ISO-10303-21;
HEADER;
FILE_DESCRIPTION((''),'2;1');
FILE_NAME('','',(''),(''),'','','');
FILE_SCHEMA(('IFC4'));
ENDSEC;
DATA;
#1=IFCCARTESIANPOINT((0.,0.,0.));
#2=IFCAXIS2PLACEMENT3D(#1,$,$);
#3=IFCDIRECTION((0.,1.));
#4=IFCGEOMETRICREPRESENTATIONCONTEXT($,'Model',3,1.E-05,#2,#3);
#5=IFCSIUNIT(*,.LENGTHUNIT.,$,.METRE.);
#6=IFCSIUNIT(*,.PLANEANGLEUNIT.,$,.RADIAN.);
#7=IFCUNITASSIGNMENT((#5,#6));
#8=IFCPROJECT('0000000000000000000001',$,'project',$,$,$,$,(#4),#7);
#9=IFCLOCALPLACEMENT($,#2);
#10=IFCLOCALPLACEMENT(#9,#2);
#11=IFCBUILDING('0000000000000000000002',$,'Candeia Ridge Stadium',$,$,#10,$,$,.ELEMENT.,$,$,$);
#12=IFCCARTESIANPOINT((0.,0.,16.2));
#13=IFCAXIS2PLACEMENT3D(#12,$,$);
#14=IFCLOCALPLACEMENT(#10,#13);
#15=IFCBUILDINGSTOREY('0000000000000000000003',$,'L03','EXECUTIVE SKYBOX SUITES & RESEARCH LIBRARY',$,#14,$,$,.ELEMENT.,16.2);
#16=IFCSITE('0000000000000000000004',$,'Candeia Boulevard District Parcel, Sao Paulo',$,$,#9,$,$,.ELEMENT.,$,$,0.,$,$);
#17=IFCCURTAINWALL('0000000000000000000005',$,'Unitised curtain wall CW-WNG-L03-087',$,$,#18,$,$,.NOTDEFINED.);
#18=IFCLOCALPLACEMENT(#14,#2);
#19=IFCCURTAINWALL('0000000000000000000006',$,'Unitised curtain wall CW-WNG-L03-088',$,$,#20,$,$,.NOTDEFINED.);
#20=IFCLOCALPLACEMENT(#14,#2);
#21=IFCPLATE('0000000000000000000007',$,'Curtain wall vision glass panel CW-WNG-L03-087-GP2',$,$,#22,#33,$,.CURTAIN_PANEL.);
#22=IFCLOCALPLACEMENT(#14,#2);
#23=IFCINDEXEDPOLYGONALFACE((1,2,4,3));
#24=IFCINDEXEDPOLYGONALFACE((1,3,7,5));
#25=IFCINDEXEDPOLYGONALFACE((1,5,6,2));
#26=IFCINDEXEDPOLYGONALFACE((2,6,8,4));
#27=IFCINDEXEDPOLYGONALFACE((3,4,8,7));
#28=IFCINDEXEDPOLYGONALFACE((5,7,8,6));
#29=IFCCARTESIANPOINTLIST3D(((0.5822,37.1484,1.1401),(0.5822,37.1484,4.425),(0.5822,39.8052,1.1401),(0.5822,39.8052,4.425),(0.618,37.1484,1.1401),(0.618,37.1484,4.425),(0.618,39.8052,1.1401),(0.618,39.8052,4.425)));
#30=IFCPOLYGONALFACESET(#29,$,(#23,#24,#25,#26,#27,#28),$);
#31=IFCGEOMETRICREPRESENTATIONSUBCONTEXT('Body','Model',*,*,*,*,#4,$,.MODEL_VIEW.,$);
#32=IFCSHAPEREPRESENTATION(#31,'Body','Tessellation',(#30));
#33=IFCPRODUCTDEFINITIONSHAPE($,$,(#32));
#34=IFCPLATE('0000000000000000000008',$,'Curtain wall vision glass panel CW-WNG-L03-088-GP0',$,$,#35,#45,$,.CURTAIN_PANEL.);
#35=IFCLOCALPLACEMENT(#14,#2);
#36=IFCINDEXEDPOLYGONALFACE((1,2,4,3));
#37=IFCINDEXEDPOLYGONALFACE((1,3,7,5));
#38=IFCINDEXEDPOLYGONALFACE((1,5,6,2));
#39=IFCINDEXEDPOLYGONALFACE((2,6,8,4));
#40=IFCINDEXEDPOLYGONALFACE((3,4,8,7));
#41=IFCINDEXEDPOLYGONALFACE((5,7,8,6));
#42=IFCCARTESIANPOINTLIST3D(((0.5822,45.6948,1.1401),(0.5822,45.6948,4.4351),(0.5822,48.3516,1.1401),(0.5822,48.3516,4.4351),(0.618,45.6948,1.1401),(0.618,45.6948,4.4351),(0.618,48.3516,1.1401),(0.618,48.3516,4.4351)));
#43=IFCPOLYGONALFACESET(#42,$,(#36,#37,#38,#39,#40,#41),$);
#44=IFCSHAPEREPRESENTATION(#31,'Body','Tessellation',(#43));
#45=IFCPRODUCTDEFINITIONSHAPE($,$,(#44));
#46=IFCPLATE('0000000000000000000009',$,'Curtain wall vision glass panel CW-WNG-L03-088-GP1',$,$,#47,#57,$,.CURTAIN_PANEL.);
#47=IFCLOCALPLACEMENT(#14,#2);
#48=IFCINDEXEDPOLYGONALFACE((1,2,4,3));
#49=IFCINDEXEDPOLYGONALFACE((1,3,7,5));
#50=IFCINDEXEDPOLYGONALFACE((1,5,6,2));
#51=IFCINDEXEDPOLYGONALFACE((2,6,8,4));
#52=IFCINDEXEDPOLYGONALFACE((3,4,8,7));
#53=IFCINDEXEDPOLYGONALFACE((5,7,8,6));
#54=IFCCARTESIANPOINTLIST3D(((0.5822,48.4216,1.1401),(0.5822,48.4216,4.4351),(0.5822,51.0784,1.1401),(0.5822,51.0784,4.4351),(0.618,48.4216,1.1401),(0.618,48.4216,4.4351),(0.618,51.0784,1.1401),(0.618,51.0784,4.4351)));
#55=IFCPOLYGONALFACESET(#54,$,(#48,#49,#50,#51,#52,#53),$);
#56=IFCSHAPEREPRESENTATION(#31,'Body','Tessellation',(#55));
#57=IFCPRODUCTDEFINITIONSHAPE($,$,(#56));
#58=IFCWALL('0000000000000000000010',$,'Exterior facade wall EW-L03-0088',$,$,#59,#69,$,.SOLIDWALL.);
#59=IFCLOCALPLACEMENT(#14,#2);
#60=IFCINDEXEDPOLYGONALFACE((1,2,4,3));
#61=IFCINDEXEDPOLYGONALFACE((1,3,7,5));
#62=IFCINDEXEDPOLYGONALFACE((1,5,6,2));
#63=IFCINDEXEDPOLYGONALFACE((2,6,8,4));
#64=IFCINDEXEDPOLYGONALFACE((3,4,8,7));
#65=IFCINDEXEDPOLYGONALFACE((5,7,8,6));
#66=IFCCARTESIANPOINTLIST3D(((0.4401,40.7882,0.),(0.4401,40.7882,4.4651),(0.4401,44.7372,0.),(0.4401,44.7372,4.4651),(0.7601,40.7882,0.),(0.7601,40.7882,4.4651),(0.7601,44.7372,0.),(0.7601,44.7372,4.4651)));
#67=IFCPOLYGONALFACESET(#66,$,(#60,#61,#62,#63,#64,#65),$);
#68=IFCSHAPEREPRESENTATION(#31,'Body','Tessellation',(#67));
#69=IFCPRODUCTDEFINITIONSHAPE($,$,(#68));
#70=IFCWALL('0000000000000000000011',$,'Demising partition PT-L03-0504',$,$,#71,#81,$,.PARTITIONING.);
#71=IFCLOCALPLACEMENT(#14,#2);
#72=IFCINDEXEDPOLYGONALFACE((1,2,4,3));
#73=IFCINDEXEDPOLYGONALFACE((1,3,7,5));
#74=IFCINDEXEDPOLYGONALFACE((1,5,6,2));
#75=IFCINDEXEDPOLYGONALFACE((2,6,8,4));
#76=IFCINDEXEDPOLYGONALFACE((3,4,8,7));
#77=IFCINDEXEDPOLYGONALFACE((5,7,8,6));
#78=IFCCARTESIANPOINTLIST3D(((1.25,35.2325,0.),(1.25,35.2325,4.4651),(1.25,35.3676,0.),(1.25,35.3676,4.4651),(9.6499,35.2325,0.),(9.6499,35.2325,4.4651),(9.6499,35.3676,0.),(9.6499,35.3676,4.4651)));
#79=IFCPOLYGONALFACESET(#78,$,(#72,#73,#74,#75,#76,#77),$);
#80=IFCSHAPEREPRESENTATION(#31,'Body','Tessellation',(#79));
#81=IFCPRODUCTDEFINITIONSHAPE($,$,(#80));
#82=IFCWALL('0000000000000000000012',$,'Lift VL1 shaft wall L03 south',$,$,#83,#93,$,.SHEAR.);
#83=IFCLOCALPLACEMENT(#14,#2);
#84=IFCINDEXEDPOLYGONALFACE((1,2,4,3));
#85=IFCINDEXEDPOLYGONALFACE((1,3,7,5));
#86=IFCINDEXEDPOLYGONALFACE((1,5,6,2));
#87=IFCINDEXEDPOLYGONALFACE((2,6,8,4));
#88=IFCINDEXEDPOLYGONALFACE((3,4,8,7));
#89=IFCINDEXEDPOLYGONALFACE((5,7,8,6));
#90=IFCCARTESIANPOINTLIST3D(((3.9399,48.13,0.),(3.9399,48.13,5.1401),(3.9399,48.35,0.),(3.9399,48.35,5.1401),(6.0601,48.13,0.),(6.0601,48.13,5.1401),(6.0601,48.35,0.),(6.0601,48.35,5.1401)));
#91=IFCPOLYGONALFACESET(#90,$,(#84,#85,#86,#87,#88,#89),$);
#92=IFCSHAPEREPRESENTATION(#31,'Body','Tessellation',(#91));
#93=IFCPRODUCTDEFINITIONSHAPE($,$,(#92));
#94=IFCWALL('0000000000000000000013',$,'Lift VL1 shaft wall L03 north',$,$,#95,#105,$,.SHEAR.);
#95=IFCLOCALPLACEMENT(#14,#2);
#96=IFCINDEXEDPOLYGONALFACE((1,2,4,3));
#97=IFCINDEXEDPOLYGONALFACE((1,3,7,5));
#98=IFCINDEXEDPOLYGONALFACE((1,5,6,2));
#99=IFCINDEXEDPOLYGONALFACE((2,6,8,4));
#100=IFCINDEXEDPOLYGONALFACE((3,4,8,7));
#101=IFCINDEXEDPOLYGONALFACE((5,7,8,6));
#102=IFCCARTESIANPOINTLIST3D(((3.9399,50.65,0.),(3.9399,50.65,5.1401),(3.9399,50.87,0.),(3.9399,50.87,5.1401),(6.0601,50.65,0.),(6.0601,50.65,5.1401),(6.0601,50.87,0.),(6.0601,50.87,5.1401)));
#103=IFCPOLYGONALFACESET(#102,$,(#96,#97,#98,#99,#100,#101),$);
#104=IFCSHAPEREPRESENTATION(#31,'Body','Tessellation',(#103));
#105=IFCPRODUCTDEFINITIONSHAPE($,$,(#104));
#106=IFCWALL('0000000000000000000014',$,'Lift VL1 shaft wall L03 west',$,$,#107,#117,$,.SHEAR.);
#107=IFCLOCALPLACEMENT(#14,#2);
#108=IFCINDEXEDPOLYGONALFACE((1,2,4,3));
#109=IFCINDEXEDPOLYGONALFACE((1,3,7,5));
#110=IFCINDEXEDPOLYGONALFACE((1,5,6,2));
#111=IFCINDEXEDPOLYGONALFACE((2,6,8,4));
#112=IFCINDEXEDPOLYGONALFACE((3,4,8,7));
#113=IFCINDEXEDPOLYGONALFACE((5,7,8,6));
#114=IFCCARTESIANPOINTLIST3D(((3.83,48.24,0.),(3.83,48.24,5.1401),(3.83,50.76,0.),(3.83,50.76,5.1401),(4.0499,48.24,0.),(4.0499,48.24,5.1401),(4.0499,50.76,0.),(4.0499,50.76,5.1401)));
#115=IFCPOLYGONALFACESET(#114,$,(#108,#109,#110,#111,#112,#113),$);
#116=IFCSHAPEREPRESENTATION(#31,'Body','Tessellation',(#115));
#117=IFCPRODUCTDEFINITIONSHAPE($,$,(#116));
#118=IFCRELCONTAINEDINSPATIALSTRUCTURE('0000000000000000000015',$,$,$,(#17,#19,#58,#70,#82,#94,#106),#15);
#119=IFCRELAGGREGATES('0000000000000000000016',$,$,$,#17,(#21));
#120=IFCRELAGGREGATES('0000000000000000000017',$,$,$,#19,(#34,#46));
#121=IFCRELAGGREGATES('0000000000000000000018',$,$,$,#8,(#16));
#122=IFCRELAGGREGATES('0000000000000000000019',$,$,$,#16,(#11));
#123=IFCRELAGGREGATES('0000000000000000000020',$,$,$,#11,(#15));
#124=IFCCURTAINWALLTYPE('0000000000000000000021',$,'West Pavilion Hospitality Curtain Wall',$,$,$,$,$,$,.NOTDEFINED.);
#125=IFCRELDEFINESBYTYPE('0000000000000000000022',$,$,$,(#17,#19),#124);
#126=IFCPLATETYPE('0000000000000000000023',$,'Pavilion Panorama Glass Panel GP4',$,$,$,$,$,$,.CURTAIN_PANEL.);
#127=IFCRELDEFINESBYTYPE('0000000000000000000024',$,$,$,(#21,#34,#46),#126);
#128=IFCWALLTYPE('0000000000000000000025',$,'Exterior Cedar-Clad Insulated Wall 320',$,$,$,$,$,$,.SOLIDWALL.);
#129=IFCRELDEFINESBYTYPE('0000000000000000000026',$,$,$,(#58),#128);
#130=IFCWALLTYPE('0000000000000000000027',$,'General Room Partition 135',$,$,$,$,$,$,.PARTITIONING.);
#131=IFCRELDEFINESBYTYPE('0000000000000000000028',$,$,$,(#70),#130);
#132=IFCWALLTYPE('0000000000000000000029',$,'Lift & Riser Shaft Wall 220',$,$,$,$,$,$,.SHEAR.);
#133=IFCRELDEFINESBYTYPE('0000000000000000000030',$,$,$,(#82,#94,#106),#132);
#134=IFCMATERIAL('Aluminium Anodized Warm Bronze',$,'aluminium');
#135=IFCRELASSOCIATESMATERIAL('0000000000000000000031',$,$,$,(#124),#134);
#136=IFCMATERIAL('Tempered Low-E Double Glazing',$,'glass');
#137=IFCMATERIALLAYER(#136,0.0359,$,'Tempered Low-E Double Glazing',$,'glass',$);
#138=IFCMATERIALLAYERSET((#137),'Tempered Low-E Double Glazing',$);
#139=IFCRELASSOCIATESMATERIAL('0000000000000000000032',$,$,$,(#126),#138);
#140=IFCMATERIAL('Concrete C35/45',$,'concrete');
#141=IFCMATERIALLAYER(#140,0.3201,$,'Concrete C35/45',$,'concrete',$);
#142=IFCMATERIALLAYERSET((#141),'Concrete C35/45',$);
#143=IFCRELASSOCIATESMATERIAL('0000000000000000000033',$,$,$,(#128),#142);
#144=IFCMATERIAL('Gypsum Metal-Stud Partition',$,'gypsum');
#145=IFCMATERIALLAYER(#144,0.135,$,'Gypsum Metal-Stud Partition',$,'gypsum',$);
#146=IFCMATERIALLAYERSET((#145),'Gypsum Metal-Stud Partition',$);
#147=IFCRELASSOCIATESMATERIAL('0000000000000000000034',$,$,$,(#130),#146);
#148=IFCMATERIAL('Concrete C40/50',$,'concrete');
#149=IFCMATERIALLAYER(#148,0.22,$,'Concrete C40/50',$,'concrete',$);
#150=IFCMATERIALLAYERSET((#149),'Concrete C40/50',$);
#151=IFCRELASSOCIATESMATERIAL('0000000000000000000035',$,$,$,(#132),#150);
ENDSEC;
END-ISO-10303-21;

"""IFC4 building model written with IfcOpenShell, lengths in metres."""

from ifc_helpers import new_model, si_unit, direction, frame, frame_2d, origin, origin_2d, place, context, subcontext, project, spatial, rectangle, extrude, material, layer, layer_set, type_object, element, aggregate, save


model = new_model("IFC4")

# Units and contexts
model_context = context("Model", 3, precision=1e-05, world=origin(), true_north=direction((0.0, 1.0)))
body_context = subcontext(model_context, "Body", "Model", "MODEL_VIEW")
ifc_project = project(units=[si_unit("LENGTHUNIT", "METRE"), si_unit("PLANEANGLEUNIT", "RADIAN")], contexts=[model_context])

# Site, building, storey
site_placement = place(None, origin())
site = spatial("IfcSite", under=ifc_project, at=site_placement, Name="Candeia Boulevard District Parcel, Sao Paulo", CompositionType="ELEMENT", RefElevation=0.0)
building_placement = place(site_placement, origin())
building = spatial("IfcBuilding", under=site, at=building_placement, Name="Candeia Ridge Stadium", CompositionType="ELEMENT")
storey_placement = place(building_placement, frame((0.0, 0.0, 16.2)))
storey = spatial("IfcBuildingStorey", under=building, at=storey_placement, Name="L03", Description="EXECUTIVE SKYBOX SUITES & RESEARCH LIBRARY", CompositionType="ELEMENT", Elevation=16.2)

# Shared definitions
ifc_material_1 = material(Name="Concrete C40/50", Category="concrete")

# Curtain walls
ifc_material_2 = material(Name="Aluminium Anodized Warm Bronze", Category="aluminium")
curtain_wall_type = type_object("IfcCurtainWallType", Name="West Pavilion Hospitality Curtain Wall", PredefinedType="NOTDEFINED", material=ifc_material_2)
curtain_wall_1_placement = place(storey_placement, origin())
curtain_wall_1 = element("IfcCurtainWall", 1, at=curtain_wall_1_placement, inside=storey, type_object=curtain_wall_type, Name="Unitised curtain wall CW-WNG-L03-087", PredefinedType="NOTDEFINED")
curtain_wall_2_placement = place(storey_placement, origin())
curtain_wall_2 = element("IfcCurtainWall", 2, at=curtain_wall_2_placement, inside=storey, type_object=curtain_wall_type, Name="Unitised curtain wall CW-WNG-L03-088", PredefinedType="NOTDEFINED")

# Plates
ifc_material_3 = material(Name="Tempered Low-E Double Glazing", Category="glass")
ifc_layer_1 = layer(ifc_material_3, 0.0359, Name="Tempered Low-E Double Glazing", Category="glass")
ifc_layer_set_1 = layer_set([ifc_layer_1], Name="Tempered Low-E Double Glazing")
plate_type_1 = type_object("IfcPlateType", Name="Pavilion Panorama Glass Panel GP4", PredefinedType="CURTAIN_PANEL", material=ifc_layer_set_1)
plate_1_placement = place(storey_placement, frame((0.6001, 38.4768, 1.1401), z_axis=(0.0, 0.0, 1.0), x_axis=(0.0, 1.0, 0.0)))
plate_1 = element("IfcPlate", 3, at=plate_1_placement, type_object=plate_type_1, Name="Curtain wall vision glass panel CW-WNG-L03-087-GP2", PredefinedType="CURTAIN_PANEL", context=body_context, shape_type="SweptSolid", body=[
    extrude(rectangle(XDim=2.6567, YDim=0.0359, at=origin_2d()), origin(), (0.0, 0.0, 1.0), 3.2849),
])
aggregate(curtain_wall_1, [plate_1])
plate_2_placement = place(storey_placement, frame((0.6001, 47.0232, 1.1401), z_axis=(0.0, 0.0, 1.0), x_axis=(0.0, 1.0, 0.0)))
plate_2 = element("IfcPlate", 4, at=plate_2_placement, type_object=plate_type_1, Name="Curtain wall vision glass panel CW-WNG-L03-088-GP0", PredefinedType="CURTAIN_PANEL", context=body_context, shape_type="SweptSolid", body=[
    extrude(rectangle(XDim=2.6567, YDim=0.0359, at=origin_2d()), origin(), (0.0, 0.0, 1.0), 3.2949),
])
plate_3_placement = place(storey_placement, frame((0.6001, 49.75, 1.1401), z_axis=(0.0, 0.0, 1.0), x_axis=(0.0, 1.0, 0.0)))
plate_3 = element("IfcPlate", 5, at=plate_3_placement, type_object=plate_type_1, Name="Curtain wall vision glass panel CW-WNG-L03-088-GP1", PredefinedType="CURTAIN_PANEL", context=body_context, shape_type="SweptSolid", body=[
    extrude(rectangle(XDim=2.6567, YDim=0.0359, at=origin_2d()), origin(), (0.0, 0.0, 1.0), 3.2949),
])
aggregate(curtain_wall_2, [plate_2, plate_3])

# Walls
ifc_material_4 = material(Name="Concrete C35/45", Category="concrete")
ifc_layer_2 = layer(ifc_material_4, 0.3201, Name="Concrete C35/45", Category="concrete")
ifc_layer_set_2 = layer_set([ifc_layer_2], Name="Concrete C35/45")
wall_type_1 = type_object("IfcWallType", Name="Exterior Cedar-Clad Insulated Wall 320", PredefinedType="SOLIDWALL", material=ifc_layer_set_2)
wall_1_placement = place(storey_placement, frame((0.6001, 40.7881, 0.0), z_axis=(0.0, 0.0, 1.0), x_axis=(0.0, 1.0, 0.0)))
element("IfcWall", 6, at=wall_1_placement, inside=storey, type_object=wall_type_1, Name="Exterior facade wall EW-L03-0088", PredefinedType="SOLIDWALL", context=body_context, shape_type="SweptSolid", body=[
    extrude(rectangle(XDim=3.949, YDim=0.3201, at=frame_2d((1.9746, 0.0))), origin(), (0.0, 0.0, 1.0), 4.4651),
])
ifc_material_5 = material(Name="Gypsum Metal-Stud Partition", Category="gypsum")
ifc_layer_3 = layer(ifc_material_5, 0.135, Name="Gypsum Metal-Stud Partition", Category="gypsum")
ifc_layer_set_3 = layer_set([ifc_layer_3], Name="Gypsum Metal-Stud Partition")
wall_type_2 = type_object("IfcWallType", Name="General Room Partition 135", PredefinedType="PARTITIONING", material=ifc_layer_set_3)
wall_2_placement = place(storey_placement, frame((1.25, 35.3, 0.0), z_axis=(0.0, 0.0, 1.0), x_axis=(1.0, 0.0, 0.0)))
element("IfcWall", 7, at=wall_2_placement, inside=storey, type_object=wall_type_2, Name="Demising partition PT-L03-0504", PredefinedType="PARTITIONING", context=body_context, shape_type="SweptSolid", body=[
    extrude(rectangle(XDim=8.3999, YDim=0.135, at=frame_2d((4.2, 0.0))), origin(), (0.0, 0.0, 1.0), 4.4651),
])
ifc_layer_4 = layer(ifc_material_1, 0.22, Name="Concrete C40/50", Category="concrete")
ifc_layer_set_4 = layer_set([ifc_layer_4], Name="Concrete C40/50")
wall_type_3 = type_object("IfcWallType", Name="Lift & Riser Shaft Wall 220", PredefinedType="SHEAR", material=ifc_layer_set_4)
wall_3_placement = place(storey_placement, frame((3.9399, 48.24, 0.0), z_axis=(0.0, 0.0, 1.0), x_axis=(1.0, 0.0, 0.0)))
element("IfcWall", 8, at=wall_3_placement, inside=storey, type_object=wall_type_3, Name="Lift VL1 shaft wall L03 south", PredefinedType="SHEAR", context=body_context, shape_type="SweptSolid", body=[
    extrude(rectangle(XDim=2.1201, YDim=0.22, at=frame_2d((1.0601, 0.0))), origin(), (0.0, 0.0, 1.0), 5.1401),
])

# Walls
wall_4_placement = place(storey_placement, frame((6.0601, 50.76, 0.0), z_axis=(0.0, 0.0, 1.0), x_axis=(-1.0, 0.0, 0.0)))
element("IfcWall", 9, at=wall_4_placement, inside=storey, type_object=wall_type_3, Name="Lift VL1 shaft wall L03 north", PredefinedType="SHEAR", context=body_context, shape_type="SweptSolid", body=[
    extrude(rectangle(XDim=2.1201, YDim=0.22, at=frame_2d((1.0601, 0.0))), origin(), (0.0, 0.0, 1.0), 5.1401),
])
wall_5_placement = place(storey_placement, frame((3.9399, 50.76, 0.0), z_axis=(0.0, 0.0, 1.0), x_axis=(0.0, -1.0, 0.0)))
element("IfcWall", 10, at=wall_5_placement, inside=storey, type_object=wall_type_3, Name="Lift VL1 shaft wall L03 west", PredefinedType="SHEAR", context=body_context, shape_type="SweptSolid", body=[
    extrude(rectangle(XDim=2.52, YDim=0.22, at=frame_2d((1.26, 0.0))), origin(), (0.0, 0.0, 1.0), 5.1401),
])

save(model, "model.ifc")
